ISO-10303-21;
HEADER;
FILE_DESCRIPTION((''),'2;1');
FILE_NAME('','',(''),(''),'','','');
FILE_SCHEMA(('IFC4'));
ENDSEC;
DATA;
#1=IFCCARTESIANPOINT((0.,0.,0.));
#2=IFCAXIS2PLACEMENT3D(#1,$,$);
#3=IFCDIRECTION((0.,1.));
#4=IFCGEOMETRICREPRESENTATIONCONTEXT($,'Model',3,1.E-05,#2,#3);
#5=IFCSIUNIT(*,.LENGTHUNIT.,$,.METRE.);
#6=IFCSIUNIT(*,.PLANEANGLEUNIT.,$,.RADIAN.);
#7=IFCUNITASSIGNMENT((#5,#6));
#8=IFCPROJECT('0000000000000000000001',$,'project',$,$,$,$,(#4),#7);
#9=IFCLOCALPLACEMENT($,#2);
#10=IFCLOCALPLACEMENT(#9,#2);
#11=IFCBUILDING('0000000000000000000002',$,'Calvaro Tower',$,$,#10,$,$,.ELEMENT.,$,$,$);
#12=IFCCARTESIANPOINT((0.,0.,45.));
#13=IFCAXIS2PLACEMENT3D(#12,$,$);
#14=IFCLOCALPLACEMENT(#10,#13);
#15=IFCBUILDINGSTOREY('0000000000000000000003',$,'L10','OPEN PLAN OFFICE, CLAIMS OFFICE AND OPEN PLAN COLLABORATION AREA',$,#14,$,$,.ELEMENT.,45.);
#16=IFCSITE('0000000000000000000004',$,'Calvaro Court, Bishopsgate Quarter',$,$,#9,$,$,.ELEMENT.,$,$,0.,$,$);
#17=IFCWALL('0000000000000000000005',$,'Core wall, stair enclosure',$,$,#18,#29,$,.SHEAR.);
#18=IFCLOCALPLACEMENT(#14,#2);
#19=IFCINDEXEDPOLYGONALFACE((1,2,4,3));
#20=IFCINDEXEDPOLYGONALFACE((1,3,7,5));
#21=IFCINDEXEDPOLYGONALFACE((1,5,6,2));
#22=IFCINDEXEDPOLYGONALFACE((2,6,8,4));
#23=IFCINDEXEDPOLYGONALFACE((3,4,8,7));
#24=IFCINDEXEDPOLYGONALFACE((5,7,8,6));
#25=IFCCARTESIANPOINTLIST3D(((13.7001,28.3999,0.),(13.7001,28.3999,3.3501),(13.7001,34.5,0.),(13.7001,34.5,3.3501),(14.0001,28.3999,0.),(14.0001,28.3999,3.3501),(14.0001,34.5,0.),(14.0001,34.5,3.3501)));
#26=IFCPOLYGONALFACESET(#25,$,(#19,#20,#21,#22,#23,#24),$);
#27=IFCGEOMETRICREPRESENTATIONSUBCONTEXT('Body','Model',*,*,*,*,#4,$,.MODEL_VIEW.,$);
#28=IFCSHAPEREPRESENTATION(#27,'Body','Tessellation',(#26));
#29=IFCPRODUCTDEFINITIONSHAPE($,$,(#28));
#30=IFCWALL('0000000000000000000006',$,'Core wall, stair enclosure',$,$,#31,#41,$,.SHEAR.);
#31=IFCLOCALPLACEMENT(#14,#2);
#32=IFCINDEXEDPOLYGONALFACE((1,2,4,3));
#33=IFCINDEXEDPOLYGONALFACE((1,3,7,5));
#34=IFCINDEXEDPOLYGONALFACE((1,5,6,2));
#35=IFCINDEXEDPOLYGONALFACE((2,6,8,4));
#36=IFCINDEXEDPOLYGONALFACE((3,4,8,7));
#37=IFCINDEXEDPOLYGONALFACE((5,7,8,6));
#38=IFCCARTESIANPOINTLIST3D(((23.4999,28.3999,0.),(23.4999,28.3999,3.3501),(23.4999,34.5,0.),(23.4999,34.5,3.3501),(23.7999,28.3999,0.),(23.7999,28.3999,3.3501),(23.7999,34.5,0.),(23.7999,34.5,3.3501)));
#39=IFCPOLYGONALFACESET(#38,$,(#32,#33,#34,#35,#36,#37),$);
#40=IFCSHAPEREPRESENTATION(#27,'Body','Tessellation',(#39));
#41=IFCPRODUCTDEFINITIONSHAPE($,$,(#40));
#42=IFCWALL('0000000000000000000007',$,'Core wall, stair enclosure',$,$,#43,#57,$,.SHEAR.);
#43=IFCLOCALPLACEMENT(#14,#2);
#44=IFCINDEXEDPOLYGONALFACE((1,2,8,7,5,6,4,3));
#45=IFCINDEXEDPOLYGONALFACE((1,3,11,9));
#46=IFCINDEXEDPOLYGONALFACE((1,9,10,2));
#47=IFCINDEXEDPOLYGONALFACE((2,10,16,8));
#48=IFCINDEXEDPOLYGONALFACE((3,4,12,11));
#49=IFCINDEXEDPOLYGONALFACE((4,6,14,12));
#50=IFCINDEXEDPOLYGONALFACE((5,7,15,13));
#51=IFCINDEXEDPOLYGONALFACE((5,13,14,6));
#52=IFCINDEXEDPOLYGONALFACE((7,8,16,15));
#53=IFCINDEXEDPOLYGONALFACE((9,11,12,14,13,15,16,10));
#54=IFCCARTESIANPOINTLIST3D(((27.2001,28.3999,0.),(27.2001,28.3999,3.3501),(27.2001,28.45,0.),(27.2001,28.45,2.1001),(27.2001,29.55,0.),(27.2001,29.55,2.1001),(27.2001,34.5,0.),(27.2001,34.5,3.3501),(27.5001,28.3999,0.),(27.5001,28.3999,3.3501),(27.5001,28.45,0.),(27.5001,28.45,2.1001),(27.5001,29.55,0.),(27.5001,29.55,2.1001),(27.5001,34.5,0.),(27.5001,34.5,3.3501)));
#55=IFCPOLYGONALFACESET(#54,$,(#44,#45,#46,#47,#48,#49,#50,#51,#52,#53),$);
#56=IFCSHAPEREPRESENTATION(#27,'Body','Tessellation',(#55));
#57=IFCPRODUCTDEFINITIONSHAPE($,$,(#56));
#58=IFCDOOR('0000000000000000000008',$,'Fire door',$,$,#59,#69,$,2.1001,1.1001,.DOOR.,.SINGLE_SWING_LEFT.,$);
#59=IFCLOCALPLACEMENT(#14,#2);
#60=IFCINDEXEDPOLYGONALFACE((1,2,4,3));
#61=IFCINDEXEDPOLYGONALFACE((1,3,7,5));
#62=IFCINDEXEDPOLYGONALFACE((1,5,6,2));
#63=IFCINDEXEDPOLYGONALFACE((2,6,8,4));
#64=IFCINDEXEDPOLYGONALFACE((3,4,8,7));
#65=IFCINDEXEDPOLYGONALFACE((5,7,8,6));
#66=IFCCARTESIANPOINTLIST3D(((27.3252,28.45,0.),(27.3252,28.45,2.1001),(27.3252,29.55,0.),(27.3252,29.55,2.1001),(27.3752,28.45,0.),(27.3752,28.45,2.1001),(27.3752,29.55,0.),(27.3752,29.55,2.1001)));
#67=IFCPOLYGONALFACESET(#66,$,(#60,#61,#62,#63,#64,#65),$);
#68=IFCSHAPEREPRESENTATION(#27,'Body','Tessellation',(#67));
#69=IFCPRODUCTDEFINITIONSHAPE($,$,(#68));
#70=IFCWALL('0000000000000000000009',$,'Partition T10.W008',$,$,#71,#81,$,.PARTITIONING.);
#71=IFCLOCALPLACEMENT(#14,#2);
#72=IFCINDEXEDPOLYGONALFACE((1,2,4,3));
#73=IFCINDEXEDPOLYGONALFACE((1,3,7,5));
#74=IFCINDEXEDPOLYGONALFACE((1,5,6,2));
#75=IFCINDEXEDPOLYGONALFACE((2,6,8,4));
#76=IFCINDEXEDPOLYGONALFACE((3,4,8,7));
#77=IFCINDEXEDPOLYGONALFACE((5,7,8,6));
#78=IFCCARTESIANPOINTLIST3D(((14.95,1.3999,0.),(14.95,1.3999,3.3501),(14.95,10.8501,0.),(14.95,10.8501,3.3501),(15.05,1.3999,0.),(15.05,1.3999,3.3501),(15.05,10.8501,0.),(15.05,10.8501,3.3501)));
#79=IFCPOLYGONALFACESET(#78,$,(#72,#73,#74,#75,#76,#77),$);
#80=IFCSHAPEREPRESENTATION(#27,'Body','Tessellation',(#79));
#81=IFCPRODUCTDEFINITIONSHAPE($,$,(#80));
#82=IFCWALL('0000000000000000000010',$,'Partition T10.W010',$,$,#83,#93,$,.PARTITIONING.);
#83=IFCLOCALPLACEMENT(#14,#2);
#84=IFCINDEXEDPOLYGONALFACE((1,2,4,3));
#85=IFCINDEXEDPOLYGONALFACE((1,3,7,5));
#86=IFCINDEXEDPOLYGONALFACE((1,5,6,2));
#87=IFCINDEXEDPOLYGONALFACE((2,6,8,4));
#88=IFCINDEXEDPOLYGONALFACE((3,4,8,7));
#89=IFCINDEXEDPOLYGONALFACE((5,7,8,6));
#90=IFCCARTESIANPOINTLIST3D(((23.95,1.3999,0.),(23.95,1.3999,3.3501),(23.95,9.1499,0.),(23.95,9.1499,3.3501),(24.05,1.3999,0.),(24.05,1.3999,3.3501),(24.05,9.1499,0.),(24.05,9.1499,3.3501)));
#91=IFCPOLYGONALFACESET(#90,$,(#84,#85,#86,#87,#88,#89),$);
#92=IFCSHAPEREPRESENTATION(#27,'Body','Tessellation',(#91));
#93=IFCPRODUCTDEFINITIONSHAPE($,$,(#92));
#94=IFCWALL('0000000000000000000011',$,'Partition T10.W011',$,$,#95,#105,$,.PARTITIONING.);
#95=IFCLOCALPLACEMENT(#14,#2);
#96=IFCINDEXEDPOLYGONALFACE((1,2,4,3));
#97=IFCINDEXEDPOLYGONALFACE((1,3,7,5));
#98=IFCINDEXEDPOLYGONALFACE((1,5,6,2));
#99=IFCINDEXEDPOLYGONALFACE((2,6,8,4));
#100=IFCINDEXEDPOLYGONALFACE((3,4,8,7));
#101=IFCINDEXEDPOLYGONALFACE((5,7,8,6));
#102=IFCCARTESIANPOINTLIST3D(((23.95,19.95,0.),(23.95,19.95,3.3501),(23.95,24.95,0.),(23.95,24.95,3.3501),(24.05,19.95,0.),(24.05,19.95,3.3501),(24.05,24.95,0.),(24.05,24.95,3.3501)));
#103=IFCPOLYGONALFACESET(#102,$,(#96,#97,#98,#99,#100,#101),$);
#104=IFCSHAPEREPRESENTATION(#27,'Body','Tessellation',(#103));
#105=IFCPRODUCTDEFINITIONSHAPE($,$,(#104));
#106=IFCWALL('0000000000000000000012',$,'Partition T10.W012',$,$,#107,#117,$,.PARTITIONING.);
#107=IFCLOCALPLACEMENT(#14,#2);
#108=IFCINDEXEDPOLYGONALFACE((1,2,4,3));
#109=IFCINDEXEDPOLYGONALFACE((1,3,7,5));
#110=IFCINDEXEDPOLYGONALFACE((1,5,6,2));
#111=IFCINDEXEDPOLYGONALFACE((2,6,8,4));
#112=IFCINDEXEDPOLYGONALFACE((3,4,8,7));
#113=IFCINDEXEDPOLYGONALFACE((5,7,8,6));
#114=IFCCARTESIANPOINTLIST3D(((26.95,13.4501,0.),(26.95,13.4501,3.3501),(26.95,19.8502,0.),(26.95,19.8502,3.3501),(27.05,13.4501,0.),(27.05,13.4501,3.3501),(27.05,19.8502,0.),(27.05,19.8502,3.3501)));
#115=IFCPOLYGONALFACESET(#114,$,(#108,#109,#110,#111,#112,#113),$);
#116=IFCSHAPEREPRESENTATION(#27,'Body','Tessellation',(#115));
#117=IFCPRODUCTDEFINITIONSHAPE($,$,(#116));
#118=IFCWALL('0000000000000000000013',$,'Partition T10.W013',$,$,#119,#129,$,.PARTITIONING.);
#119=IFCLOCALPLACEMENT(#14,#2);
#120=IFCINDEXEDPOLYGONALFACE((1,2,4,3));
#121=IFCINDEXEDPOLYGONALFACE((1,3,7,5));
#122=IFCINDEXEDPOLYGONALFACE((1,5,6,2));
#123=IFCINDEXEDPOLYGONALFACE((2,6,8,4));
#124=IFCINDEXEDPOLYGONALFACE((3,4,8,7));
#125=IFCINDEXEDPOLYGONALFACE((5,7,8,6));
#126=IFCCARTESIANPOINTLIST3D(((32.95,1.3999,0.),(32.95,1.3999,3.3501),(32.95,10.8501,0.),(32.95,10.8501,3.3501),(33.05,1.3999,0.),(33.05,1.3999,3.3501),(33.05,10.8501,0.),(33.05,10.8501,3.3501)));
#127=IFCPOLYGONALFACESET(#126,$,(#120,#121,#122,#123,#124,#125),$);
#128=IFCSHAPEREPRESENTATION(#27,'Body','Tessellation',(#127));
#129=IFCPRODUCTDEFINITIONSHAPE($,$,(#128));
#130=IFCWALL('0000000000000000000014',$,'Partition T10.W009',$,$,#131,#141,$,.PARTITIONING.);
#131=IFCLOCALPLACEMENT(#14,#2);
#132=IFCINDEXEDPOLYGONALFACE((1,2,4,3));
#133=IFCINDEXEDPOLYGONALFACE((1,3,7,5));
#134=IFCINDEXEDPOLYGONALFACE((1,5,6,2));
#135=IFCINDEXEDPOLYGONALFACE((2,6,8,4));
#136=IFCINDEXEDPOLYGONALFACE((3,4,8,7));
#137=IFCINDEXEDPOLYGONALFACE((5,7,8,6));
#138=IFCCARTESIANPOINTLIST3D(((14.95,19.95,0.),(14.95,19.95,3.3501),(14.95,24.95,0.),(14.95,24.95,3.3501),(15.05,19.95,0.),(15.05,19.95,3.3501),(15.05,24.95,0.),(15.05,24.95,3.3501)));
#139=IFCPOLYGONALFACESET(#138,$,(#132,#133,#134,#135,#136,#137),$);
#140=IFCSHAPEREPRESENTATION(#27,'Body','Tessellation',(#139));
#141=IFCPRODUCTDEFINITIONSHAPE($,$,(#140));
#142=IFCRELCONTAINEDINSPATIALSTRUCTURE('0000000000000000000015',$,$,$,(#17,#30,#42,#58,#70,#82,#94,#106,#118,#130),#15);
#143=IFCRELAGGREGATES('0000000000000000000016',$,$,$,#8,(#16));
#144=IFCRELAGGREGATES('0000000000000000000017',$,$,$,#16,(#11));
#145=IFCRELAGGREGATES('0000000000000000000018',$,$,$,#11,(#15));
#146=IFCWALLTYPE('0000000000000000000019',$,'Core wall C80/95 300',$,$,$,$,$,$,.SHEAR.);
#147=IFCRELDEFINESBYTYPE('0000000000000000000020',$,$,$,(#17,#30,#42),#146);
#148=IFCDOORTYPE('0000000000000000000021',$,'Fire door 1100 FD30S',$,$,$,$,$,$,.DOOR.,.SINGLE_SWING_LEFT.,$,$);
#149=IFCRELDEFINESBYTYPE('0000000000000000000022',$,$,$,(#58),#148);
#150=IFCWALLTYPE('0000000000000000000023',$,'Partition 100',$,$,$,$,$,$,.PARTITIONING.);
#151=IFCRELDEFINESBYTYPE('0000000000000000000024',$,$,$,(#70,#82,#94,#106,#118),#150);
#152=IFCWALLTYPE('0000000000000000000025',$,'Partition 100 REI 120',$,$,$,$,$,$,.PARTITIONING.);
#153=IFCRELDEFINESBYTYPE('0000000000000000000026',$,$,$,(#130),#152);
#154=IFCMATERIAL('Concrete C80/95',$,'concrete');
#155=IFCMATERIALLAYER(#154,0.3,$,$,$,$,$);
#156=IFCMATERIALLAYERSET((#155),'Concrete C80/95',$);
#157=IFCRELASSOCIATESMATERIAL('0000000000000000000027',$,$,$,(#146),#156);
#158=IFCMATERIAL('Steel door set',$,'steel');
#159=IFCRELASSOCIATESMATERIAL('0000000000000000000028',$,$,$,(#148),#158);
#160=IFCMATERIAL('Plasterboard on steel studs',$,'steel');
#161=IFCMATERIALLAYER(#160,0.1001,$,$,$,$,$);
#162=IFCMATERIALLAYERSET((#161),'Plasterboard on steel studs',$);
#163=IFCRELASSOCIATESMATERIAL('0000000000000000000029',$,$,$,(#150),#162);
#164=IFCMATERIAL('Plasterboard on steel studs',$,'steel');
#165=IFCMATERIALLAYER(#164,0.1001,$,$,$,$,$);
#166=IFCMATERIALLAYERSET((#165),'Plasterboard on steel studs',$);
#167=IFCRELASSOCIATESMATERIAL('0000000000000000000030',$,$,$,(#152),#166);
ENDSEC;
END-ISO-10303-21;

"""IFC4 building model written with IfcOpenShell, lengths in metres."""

from ifc_helpers import new_model, si_unit, direction, frame, frame_2d, origin, place, context, subcontext, project, spatial, rectangle, extrude, material, layer, layer_set, type_object, element, fill, save


model = new_model("IFC4")

# Units and contexts
model_context = context("Model", 3, precision=1e-05, world=origin(), true_north=direction((0.0, 1.0)))
body_context = subcontext(model_context, "Body", "Model", "MODEL_VIEW")
ifc_project = project(units=[si_unit("LENGTHUNIT", "METRE"), si_unit("PLANEANGLEUNIT", "RADIAN")], contexts=[model_context])

# Site, building, storey
site_placement = place(None, origin())
site = spatial("IfcSite", under=ifc_project, at=site_placement, Name="Calvaro Court, Bishopsgate Quarter", CompositionType="ELEMENT", RefElevation=0.0)
building_placement = place(site_placement, origin())
building = spatial("IfcBuilding", under=site, at=building_placement, Name="Calvaro Tower", CompositionType="ELEMENT")
storey_placement = place(building_placement, frame((0.0, 0.0, 45.0)))
storey = spatial("IfcBuildingStorey", under=building, at=storey_placement, Name="L10", Description="OPEN PLAN OFFICE, CLAIMS OFFICE AND OPEN PLAN COLLABORATION AREA", CompositionType="ELEMENT", Elevation=45.0)

# Walls
ifc_material_1 = material(Name="Concrete C80/95", Category="concrete")
ifc_layer_1 = layer(ifc_material_1, 0.3)
ifc_layer_set_1 = layer_set([ifc_layer_1], Name="Concrete C80/95")
wall_type_1 = type_object("IfcWallType", Name="Core wall C80/95 300", PredefinedType="SHEAR", material=ifc_layer_set_1)
for number, where, z_axis, x_axis, name in (
    (1, (13.8501, 28.3999, 0.0), (0.0, 0.0, 1.0), (0.0, 1.0, 0.0), "Core wall, stair enclosure"),
    (2, (23.6499, 28.3999, 0.0), (0.0, 0.0, 1.0), (0.0, 1.0, 0.0), "Core wall, stair enclosure"),
):
    element("IfcWall", number, at=place(storey_placement, frame(where, z_axis=z_axis, x_axis=x_axis)), inside=storey, type_object=wall_type_1, Name=name, PredefinedType="SHEAR", context=body_context, shape_type="SweptSolid", body=[
        extrude(rectangle(XDim=6.1001, YDim=0.3, at=frame_2d((3.05, 0.0))), origin(), (0.0, 0.0, 1.0), 3.3501),
    ])

# Wall, opening, door
wall_1_placement = place(storey_placement, frame((27.3501, 28.3999, 0.0), z_axis=(0.0, 0.0, 1.0), x_axis=(0.0, 1.0, 0.0)))
wall_1 = element("IfcWall", 3, at=wall_1_placement, inside=storey, type_object=wall_type_1, Name="Core wall, stair enclosure", PredefinedType="SHEAR", context=body_context, shape_type="SweptSolid", body=[
    extrude(rectangle(XDim=6.1001, YDim=0.3, at=frame_2d((3.05, 0.0))), origin(), (0.0, 0.0, 1.0), 3.3501),
])
opening_1_placement = place(wall_1_placement, frame((0.05, 0.0, 0.0)))
opening_1 = element("IfcOpeningElement", 4, at=opening_1_placement, cuts=wall_1, PredefinedType="OPENING", context=body_context, shape_type="SweptSolid", body=[
    extrude(rectangle(XDim=1.1001, YDim=2.1001, at=frame_2d((0.55, 1.05))), frame((0.0, 0.1599, 0.0), z_axis=(0.0, -1.0, 0.0), x_axis=(1.0, 0.0, 0.0)), (0.0, 0.0, 1.0), 0.3201),
])
ifc_material_2 = material(Name="Steel door set", Category="steel")
door_type_1 = type_object("IfcDoorType", Name="Fire door 1100 FD30S", OperationType="SINGLE_SWING_LEFT", PredefinedType="DOOR", material=ifc_material_2)
door_1_placement = place(opening_1_placement, origin())
door_1 = element("IfcDoor", 5, at=door_1_placement, inside=storey, type_object=door_type_1, Name="Fire door", OperationType="SINGLE_SWING_LEFT", OverallHeight=2.1001, OverallWidth=1.1001, PredefinedType="DOOR", context=body_context, shape_type="SweptSolid", body=[
    extrude(rectangle(XDim=1.1001, YDim=2.1001, at=frame_2d((0.55, 1.05))), frame((0.0, 0.0249, 0.0), z_axis=(0.0, -1.0, 0.0), x_axis=(1.0, 0.0, 0.0)), (0.0, 0.0, 1.0), 0.05),
])
fill(opening_1, door_1)

# Walls
ifc_material_3 = material(Name="Plasterboard on steel studs", Category="steel")
ifc_layer_2 = layer(ifc_material_3, 0.1001)
ifc_layer_set_2 = layer_set([ifc_layer_2], Name="Plasterboard on steel studs")
wall_type_2 = type_object("IfcWallType", Name="Partition 100", PredefinedType="PARTITIONING", material=ifc_layer_set_2)
wall_2_placement = place(storey_placement, frame((15.0, 1.3999, 0.0), z_axis=(0.0, 0.0, 1.0), x_axis=(0.0, 1.0, 0.0)))
element("IfcWall", 6, at=wall_2_placement, inside=storey, type_object=wall_type_2, Name="Partition T10.W008", PredefinedType="PARTITIONING", context=body_context, shape_type="SweptSolid", body=[
    extrude(rectangle(XDim=9.4502, YDim=0.1001, at=frame_2d((4.7251, 0.0))), origin(), (0.0, 0.0, 1.0), 3.3501),
])
wall_3_placement = place(storey_placement, frame((24.0, 1.3999, 0.0), z_axis=(0.0, 0.0, 1.0), x_axis=(0.0, 1.0, 0.0)))
element("IfcWall", 7, at=wall_3_placement, inside=storey, type_object=wall_type_2, Name="Partition T10.W010", PredefinedType="PARTITIONING", context=body_context, shape_type="SweptSolid", body=[
    extrude(rectangle(XDim=7.75, YDim=0.1001, at=frame_2d((3.875, 0.0))), origin(), (0.0, 0.0, 1.0), 3.3501),
])
wall_4_placement = place(storey_placement, frame((24.0, 19.95, 0.0), z_axis=(0.0, 0.0, 1.0), x_axis=(0.0, 1.0, 0.0)))
element("IfcWall", 8, at=wall_4_placement, inside=storey, type_object=wall_type_2, Name="Partition T10.W011", PredefinedType="PARTITIONING", context=body_context, shape_type="SweptSolid", body=[
    extrude(rectangle(XDim=5.0, YDim=0.1001, at=frame_2d((2.5, 0.0))), origin(), (0.0, 0.0, 1.0), 3.3501),
])
wall_5_placement = place(storey_placement, frame((27.0, 13.45, 0.0), z_axis=(0.0, 0.0, 1.0), x_axis=(0.0, 1.0, 0.0)))
element("IfcWall", 9, at=wall_5_placement, inside=storey, type_object=wall_type_2, Name="Partition T10.W012", PredefinedType="PARTITIONING", context=body_context, shape_type="SweptSolid", body=[
    extrude(rectangle(XDim=6.4001, YDim=0.1001, at=frame_2d((3.2002, 0.0))), origin(), (0.0, 0.0, 1.0), 3.3501),
])
wall_6_placement = place(storey_placement, frame((33.0, 1.3999, 0.0), z_axis=(0.0, 0.0, 1.0), x_axis=(0.0, 1.0, 0.0)))
element("IfcWall", 10, at=wall_6_placement, inside=storey, type_object=wall_type_2, Name="Partition T10.W013", PredefinedType="PARTITIONING", context=body_context, shape_type="SweptSolid", body=[
    extrude(rectangle(XDim=9.4502, YDim=0.1001, at=frame_2d((4.7251, 0.0))), origin(), (0.0, 0.0, 1.0), 3.3501),
])
ifc_material_4 = material(Name="Plasterboard on steel studs", Category="steel")
ifc_layer_3 = layer(ifc_material_4, 0.1001)
ifc_layer_set_3 = layer_set([ifc_layer_3], Name="Plasterboard on steel studs")
wall_type_3 = type_object("IfcWallType", Name="Partition 100 REI 120", PredefinedType="PARTITIONING", material=ifc_layer_set_3)
wall_7_placement = place(storey_placement, frame((15.0, 19.95, 0.0), z_axis=(0.0, 0.0, 1.0), x_axis=(0.0, 1.0, 0.0)))
element("IfcWall", 11, at=wall_7_placement, inside=storey, type_object=wall_type_3, Name="Partition T10.W009", PredefinedType="PARTITIONING", context=body_context, shape_type="SweptSolid", body=[
    extrude(rectangle(XDim=5.0, YDim=0.1001, at=frame_2d((2.5, 0.0))), origin(), (0.0, 0.0, 1.0), 3.3501),
])

save(model, "model.ifc")
